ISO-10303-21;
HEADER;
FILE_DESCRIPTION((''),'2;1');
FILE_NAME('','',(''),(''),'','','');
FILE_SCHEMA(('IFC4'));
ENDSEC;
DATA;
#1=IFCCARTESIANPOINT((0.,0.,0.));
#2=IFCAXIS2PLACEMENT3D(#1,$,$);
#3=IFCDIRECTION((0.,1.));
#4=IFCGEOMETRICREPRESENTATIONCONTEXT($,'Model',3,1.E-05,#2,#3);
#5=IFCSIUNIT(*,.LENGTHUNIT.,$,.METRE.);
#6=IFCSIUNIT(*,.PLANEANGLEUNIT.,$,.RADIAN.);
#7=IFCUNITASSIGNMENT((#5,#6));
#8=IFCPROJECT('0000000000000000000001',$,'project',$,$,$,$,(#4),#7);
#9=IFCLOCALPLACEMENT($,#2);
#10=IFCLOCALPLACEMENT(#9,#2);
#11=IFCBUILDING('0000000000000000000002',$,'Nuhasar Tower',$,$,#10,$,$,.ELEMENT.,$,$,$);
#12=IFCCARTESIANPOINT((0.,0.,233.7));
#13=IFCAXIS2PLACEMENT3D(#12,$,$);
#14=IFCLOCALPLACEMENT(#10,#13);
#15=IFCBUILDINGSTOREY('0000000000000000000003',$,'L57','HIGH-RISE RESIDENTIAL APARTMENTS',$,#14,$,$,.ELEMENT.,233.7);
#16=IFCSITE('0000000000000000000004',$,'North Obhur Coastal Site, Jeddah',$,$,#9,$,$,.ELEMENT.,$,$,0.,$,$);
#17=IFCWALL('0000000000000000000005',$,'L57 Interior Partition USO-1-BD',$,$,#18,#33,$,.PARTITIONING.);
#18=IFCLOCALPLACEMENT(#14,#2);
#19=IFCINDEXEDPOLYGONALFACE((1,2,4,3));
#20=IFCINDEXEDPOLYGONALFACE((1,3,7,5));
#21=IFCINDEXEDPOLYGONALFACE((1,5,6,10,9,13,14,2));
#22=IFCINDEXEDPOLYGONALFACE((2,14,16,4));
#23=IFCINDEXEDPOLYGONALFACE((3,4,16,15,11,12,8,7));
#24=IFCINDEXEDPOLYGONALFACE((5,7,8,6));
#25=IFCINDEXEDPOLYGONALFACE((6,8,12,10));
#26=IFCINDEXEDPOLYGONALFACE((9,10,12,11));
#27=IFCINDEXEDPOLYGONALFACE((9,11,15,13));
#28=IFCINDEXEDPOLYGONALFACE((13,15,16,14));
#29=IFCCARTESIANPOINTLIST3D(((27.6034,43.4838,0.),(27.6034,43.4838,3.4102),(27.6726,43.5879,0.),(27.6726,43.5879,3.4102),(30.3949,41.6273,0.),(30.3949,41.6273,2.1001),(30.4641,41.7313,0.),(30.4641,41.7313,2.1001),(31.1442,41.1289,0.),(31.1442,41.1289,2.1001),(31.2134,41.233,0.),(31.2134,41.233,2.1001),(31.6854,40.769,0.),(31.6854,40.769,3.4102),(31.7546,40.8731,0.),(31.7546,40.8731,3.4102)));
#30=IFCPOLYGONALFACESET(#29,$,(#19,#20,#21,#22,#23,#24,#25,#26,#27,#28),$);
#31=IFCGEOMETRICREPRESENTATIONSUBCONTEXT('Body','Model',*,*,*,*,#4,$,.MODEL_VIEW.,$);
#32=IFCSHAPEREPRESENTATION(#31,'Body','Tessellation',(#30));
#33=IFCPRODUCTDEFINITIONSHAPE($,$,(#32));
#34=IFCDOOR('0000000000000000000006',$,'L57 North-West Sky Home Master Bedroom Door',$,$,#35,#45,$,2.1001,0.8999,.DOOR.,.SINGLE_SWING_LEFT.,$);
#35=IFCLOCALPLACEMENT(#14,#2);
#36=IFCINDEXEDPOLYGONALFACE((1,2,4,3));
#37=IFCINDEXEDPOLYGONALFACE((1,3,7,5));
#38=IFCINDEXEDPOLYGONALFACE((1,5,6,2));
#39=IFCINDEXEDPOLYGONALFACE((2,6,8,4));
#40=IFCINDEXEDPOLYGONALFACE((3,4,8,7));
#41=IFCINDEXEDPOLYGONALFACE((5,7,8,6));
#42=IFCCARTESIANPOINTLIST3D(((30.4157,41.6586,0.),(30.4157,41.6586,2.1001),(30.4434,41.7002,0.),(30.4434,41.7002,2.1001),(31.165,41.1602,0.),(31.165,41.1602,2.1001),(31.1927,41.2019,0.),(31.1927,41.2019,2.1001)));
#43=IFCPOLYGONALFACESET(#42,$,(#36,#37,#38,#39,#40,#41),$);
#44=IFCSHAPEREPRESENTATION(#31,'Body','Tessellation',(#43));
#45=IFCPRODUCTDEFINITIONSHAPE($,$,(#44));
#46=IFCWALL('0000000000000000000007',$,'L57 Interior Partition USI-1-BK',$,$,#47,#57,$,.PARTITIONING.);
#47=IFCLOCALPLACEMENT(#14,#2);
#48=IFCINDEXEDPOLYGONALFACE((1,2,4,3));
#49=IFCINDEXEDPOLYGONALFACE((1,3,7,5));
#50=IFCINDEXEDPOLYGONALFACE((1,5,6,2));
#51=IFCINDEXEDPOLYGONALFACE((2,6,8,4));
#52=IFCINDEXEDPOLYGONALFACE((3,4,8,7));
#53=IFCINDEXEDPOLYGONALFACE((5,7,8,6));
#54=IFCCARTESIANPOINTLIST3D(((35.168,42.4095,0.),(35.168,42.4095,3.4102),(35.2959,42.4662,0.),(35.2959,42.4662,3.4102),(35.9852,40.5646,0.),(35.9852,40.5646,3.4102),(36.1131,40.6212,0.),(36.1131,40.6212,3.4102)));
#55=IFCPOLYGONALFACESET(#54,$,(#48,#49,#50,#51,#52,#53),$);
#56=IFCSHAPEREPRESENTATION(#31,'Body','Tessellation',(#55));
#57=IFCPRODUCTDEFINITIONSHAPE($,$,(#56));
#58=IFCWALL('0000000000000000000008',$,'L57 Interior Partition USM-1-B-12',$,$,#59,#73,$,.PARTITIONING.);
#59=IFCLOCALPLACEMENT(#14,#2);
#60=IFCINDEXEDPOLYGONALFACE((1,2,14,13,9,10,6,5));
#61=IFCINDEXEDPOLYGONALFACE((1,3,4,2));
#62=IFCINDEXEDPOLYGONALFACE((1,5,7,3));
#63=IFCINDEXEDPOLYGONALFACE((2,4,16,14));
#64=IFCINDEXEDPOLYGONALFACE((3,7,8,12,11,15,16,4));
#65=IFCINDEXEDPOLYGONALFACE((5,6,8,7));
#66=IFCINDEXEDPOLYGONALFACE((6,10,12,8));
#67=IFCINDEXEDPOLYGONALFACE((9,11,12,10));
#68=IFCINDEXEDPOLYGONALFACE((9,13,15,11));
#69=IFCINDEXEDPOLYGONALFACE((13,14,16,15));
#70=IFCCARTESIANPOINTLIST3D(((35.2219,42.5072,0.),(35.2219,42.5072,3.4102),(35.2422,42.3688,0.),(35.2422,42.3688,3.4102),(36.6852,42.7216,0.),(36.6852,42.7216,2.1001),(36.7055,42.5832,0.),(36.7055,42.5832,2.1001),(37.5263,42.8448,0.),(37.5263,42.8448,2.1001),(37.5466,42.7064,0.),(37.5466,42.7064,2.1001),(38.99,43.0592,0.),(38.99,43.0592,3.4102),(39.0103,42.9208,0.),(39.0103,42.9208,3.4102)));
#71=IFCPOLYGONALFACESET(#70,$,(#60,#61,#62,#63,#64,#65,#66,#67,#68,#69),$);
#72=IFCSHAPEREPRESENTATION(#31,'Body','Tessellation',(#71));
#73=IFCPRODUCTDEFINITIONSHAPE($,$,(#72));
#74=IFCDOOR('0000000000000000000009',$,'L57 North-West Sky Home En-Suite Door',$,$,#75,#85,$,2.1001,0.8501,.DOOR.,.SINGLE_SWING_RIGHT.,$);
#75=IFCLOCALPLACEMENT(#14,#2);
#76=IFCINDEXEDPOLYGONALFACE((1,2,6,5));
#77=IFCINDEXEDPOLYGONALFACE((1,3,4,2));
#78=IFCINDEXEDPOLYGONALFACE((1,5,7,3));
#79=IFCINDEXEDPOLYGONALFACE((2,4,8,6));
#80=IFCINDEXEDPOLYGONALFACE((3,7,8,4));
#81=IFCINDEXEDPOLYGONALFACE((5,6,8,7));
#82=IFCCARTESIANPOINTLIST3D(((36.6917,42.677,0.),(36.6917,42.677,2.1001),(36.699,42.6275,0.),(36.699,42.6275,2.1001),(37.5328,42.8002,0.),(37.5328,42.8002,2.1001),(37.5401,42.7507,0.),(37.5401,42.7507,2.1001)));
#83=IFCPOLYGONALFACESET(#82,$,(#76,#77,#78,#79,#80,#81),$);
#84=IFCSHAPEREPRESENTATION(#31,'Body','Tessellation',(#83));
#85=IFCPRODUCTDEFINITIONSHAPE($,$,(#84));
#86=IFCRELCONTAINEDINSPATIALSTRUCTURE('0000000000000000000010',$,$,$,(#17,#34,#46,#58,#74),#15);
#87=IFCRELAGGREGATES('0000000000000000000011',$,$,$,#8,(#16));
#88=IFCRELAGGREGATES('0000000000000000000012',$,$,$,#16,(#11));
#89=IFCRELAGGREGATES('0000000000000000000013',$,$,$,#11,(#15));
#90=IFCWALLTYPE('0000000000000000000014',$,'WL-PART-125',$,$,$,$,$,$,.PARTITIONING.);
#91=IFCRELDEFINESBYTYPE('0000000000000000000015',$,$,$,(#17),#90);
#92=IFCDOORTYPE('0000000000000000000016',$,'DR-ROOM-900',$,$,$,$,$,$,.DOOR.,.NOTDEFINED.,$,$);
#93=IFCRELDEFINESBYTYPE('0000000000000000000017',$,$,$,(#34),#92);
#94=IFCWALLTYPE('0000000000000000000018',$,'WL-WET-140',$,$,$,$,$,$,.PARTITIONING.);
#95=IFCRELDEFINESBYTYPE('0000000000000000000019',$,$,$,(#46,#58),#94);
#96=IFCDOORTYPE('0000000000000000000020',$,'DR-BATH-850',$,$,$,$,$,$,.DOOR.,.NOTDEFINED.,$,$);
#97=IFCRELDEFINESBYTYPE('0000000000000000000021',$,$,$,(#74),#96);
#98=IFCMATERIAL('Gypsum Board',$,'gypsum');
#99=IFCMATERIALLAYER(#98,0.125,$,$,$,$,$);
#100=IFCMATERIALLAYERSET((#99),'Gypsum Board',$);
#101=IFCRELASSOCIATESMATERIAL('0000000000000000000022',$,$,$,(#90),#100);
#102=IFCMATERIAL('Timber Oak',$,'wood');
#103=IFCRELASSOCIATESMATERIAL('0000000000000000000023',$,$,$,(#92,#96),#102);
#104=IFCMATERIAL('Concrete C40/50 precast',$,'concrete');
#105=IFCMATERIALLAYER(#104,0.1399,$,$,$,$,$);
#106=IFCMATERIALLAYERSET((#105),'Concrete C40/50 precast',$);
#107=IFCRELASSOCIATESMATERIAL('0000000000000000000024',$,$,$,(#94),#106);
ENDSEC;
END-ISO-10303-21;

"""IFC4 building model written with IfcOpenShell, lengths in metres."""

from ifc_helpers import new_model, si_unit, direction, frame, frame_2d, origin, place, context, subcontext, project, spatial, rectangle, extrude, material, layer, layer_set, type_object, element, fill, save


model = new_model("IFC4")

# Units and contexts
model_context = context("Model", 3, precision=1e-05, world=origin(), true_north=direction((0.0, 1.0)))
body_context = subcontext(model_context, "Body", "Model", "MODEL_VIEW")
ifc_project = project(units=[si_unit("LENGTHUNIT", "METRE"), si_unit("PLANEANGLEUNIT", "RADIAN")], contexts=[model_context])

# Site, building, storey
site_placement = place(None, origin())
site = spatial("IfcSite", under=ifc_project, at=site_placement, Name="North Obhur Coastal Site, Jeddah", CompositionType="ELEMENT", RefElevation=0.0)
building_placement = place(site_placement, origin())
building = spatial("IfcBuilding", under=site, at=building_placement, Name="Nuhasar Tower", CompositionType="ELEMENT")
storey_placement = place(building_placement, frame((0.0, 0.0, 233.7)))
storey = spatial("IfcBuildingStorey", under=building, at=storey_placement, Name="L57", Description="HIGH-RISE RESIDENTIAL APARTMENTS", CompositionType="ELEMENT", Elevation=233.7)

# Shared definitions
ifc_material_1 = material(Name="Gypsum Board", Category="gypsum")

# Shared definitions
ifc_layer_1 = layer(ifc_material_1, 0.125)
ifc_layer_set_1 = layer_set([ifc_layer_1], Name="Gypsum Board")
wall_type_1 = type_object("IfcWallType", Name="WL-PART-125", PredefinedType="PARTITIONING", material=ifc_layer_set_1)
ifc_material_2 = material(Name="Timber Oak", Category="wood")
door_type_1 = type_object("IfcDoorType", Name="DR-ROOM-900", OperationType="NOTDEFINED", PredefinedType="DOOR", material=ifc_material_2)

# Wall, opening, door
wall_1_placement = place(storey_placement, frame((31.72, 40.821, 0.0), z_axis=(0.0, 0.0, 1.0), x_axis=(-0.832663, 0.55378, 0.0)))
wall_1 = element("IfcWall", 1, at=wall_1_placement, inside=storey, type_object=wall_type_1, Name="L57 Interior Partition USO-1-BD", PredefinedType="PARTITIONING", context=body_context, shape_type="SweptSolid", body=[
    extrude(rectangle(XDim=4.9023, YDim=0.125, at=frame_2d((2.4512, 0.0))), origin(), (0.0, 0.0, 1.0), 3.4102),
])
opening_1_placement = place(wall_1_placement, frame((0.6499, 0.0, 0.0)))
opening_1 = element("IfcOpeningElement", 2, at=opening_1_placement, cuts=wall_1, PredefinedType="OPENING", context=body_context, shape_type="SweptSolid", body=[
    extrude(rectangle(XDim=0.8999, YDim=2.1001, at=frame_2d((0.45, 1.05))), frame((0.0, 0.0725, 0.0), z_axis=(0.0, -1.0, 0.0), x_axis=(1.0, 0.0, 0.0)), (0.0, 0.0, 1.0), 0.145),
])
door_1_placement = place(opening_1_placement, origin())
door_1 = element("IfcDoor", 3, at=door_1_placement, inside=storey, type_object=door_type_1, Name="L57 North-West Sky Home Master Bedroom Door", OperationType="SINGLE_SWING_LEFT", OverallHeight=2.1001, OverallWidth=0.8999, PredefinedType="DOOR", context=body_context, shape_type="SweptSolid", body=[
    extrude(rectangle(XDim=0.8999, YDim=2.1001, at=frame_2d((0.45, 1.05))), frame((0.0, 0.0249, 0.0), z_axis=(0.0, -1.0, 0.0), x_axis=(1.0, 0.0, 0.0)), (0.0, 0.0, 1.0), 0.05),
])
fill(opening_1, door_1)

# Wall
ifc_material_3 = material(Name="Concrete C40/50 precast", Category="concrete")
ifc_layer_2 = layer(ifc_material_3, 0.1399)
ifc_layer_set_2 = layer_set([ifc_layer_2], Name="Concrete C40/50 precast")
wall_type_2 = type_object("IfcWallType", Name="WL-WET-140", PredefinedType="PARTITIONING", material=ifc_layer_set_2)
wall_2_placement = place(storey_placement, frame((36.0491, 40.593, 0.0), z_axis=(0.0, 0.0, 1.0), x_axis=(-0.404959, 0.914335, 0.0)))
element("IfcWall", 4, at=wall_2_placement, inside=storey, type_object=wall_type_2, Name="L57 Interior Partition USI-1-BK", PredefinedType="PARTITIONING", context=body_context, shape_type="SweptSolid", body=[
    extrude(rectangle(XDim=2.0178, YDim=0.1399, at=frame_2d((1.0088, 0.0))), origin(), (0.0, 0.0, 1.0), 3.4102),
])

# Wall, opening, door
wall_3_placement = place(storey_placement, frame((35.2319, 42.438, 0.0), z_axis=(0.0, 0.0, 1.0), x_axis=(0.989439, 0.144948, 0.0)))
wall_3 = element("IfcWall", 5, at=wall_3_placement, inside=storey, type_object=wall_type_2, Name="L57 Interior Partition USM-1-B-12", PredefinedType="PARTITIONING", context=body_context, shape_type="SweptSolid", body=[
    extrude(rectangle(XDim=3.8083, YDim=0.1399, at=frame_2d((1.9043, 0.0))), origin(), (0.0, 0.0, 1.0), 3.4102),
])
opening_2_placement = place(wall_3_placement, frame((1.479, 0.0, 0.0)))
opening_2 = element("IfcOpeningElement", 6, at=opening_2_placement, cuts=wall_3, PredefinedType="OPENING", context=body_context, shape_type="SweptSolid", body=[
    extrude(rectangle(XDim=0.8501, YDim=2.1001, at=frame_2d((0.425, 1.05))), frame((0.0, 0.0801, 0.0), z_axis=(0.0, -1.0, 0.0), x_axis=(1.0, 0.0, 0.0)), (0.0, 0.0, 1.0), 0.1599),
])
door_type_2 = type_object("IfcDoorType", Name="DR-BATH-850", OperationType="NOTDEFINED", PredefinedType="DOOR", material=ifc_material_2)
door_2_placement = place(opening_2_placement, origin())
door_2 = element("IfcDoor", 7, at=door_2_placement, inside=storey, type_object=door_type_2, Name="L57 North-West Sky Home En-Suite Door", OperationType="SINGLE_SWING_RIGHT", OverallHeight=2.1001, OverallWidth=0.8501, PredefinedType="DOOR", context=body_context, shape_type="SweptSolid", body=[
    extrude(rectangle(XDim=0.8501, YDim=2.1001, at=frame_2d((0.425, 1.05))), frame((0.0, 0.0249, 0.0), z_axis=(0.0, -1.0, 0.0), x_axis=(1.0, 0.0, 0.0)), (0.0, 0.0, 1.0), 0.05),
])
fill(opening_2, door_2)

save(model, "model.ifc")
